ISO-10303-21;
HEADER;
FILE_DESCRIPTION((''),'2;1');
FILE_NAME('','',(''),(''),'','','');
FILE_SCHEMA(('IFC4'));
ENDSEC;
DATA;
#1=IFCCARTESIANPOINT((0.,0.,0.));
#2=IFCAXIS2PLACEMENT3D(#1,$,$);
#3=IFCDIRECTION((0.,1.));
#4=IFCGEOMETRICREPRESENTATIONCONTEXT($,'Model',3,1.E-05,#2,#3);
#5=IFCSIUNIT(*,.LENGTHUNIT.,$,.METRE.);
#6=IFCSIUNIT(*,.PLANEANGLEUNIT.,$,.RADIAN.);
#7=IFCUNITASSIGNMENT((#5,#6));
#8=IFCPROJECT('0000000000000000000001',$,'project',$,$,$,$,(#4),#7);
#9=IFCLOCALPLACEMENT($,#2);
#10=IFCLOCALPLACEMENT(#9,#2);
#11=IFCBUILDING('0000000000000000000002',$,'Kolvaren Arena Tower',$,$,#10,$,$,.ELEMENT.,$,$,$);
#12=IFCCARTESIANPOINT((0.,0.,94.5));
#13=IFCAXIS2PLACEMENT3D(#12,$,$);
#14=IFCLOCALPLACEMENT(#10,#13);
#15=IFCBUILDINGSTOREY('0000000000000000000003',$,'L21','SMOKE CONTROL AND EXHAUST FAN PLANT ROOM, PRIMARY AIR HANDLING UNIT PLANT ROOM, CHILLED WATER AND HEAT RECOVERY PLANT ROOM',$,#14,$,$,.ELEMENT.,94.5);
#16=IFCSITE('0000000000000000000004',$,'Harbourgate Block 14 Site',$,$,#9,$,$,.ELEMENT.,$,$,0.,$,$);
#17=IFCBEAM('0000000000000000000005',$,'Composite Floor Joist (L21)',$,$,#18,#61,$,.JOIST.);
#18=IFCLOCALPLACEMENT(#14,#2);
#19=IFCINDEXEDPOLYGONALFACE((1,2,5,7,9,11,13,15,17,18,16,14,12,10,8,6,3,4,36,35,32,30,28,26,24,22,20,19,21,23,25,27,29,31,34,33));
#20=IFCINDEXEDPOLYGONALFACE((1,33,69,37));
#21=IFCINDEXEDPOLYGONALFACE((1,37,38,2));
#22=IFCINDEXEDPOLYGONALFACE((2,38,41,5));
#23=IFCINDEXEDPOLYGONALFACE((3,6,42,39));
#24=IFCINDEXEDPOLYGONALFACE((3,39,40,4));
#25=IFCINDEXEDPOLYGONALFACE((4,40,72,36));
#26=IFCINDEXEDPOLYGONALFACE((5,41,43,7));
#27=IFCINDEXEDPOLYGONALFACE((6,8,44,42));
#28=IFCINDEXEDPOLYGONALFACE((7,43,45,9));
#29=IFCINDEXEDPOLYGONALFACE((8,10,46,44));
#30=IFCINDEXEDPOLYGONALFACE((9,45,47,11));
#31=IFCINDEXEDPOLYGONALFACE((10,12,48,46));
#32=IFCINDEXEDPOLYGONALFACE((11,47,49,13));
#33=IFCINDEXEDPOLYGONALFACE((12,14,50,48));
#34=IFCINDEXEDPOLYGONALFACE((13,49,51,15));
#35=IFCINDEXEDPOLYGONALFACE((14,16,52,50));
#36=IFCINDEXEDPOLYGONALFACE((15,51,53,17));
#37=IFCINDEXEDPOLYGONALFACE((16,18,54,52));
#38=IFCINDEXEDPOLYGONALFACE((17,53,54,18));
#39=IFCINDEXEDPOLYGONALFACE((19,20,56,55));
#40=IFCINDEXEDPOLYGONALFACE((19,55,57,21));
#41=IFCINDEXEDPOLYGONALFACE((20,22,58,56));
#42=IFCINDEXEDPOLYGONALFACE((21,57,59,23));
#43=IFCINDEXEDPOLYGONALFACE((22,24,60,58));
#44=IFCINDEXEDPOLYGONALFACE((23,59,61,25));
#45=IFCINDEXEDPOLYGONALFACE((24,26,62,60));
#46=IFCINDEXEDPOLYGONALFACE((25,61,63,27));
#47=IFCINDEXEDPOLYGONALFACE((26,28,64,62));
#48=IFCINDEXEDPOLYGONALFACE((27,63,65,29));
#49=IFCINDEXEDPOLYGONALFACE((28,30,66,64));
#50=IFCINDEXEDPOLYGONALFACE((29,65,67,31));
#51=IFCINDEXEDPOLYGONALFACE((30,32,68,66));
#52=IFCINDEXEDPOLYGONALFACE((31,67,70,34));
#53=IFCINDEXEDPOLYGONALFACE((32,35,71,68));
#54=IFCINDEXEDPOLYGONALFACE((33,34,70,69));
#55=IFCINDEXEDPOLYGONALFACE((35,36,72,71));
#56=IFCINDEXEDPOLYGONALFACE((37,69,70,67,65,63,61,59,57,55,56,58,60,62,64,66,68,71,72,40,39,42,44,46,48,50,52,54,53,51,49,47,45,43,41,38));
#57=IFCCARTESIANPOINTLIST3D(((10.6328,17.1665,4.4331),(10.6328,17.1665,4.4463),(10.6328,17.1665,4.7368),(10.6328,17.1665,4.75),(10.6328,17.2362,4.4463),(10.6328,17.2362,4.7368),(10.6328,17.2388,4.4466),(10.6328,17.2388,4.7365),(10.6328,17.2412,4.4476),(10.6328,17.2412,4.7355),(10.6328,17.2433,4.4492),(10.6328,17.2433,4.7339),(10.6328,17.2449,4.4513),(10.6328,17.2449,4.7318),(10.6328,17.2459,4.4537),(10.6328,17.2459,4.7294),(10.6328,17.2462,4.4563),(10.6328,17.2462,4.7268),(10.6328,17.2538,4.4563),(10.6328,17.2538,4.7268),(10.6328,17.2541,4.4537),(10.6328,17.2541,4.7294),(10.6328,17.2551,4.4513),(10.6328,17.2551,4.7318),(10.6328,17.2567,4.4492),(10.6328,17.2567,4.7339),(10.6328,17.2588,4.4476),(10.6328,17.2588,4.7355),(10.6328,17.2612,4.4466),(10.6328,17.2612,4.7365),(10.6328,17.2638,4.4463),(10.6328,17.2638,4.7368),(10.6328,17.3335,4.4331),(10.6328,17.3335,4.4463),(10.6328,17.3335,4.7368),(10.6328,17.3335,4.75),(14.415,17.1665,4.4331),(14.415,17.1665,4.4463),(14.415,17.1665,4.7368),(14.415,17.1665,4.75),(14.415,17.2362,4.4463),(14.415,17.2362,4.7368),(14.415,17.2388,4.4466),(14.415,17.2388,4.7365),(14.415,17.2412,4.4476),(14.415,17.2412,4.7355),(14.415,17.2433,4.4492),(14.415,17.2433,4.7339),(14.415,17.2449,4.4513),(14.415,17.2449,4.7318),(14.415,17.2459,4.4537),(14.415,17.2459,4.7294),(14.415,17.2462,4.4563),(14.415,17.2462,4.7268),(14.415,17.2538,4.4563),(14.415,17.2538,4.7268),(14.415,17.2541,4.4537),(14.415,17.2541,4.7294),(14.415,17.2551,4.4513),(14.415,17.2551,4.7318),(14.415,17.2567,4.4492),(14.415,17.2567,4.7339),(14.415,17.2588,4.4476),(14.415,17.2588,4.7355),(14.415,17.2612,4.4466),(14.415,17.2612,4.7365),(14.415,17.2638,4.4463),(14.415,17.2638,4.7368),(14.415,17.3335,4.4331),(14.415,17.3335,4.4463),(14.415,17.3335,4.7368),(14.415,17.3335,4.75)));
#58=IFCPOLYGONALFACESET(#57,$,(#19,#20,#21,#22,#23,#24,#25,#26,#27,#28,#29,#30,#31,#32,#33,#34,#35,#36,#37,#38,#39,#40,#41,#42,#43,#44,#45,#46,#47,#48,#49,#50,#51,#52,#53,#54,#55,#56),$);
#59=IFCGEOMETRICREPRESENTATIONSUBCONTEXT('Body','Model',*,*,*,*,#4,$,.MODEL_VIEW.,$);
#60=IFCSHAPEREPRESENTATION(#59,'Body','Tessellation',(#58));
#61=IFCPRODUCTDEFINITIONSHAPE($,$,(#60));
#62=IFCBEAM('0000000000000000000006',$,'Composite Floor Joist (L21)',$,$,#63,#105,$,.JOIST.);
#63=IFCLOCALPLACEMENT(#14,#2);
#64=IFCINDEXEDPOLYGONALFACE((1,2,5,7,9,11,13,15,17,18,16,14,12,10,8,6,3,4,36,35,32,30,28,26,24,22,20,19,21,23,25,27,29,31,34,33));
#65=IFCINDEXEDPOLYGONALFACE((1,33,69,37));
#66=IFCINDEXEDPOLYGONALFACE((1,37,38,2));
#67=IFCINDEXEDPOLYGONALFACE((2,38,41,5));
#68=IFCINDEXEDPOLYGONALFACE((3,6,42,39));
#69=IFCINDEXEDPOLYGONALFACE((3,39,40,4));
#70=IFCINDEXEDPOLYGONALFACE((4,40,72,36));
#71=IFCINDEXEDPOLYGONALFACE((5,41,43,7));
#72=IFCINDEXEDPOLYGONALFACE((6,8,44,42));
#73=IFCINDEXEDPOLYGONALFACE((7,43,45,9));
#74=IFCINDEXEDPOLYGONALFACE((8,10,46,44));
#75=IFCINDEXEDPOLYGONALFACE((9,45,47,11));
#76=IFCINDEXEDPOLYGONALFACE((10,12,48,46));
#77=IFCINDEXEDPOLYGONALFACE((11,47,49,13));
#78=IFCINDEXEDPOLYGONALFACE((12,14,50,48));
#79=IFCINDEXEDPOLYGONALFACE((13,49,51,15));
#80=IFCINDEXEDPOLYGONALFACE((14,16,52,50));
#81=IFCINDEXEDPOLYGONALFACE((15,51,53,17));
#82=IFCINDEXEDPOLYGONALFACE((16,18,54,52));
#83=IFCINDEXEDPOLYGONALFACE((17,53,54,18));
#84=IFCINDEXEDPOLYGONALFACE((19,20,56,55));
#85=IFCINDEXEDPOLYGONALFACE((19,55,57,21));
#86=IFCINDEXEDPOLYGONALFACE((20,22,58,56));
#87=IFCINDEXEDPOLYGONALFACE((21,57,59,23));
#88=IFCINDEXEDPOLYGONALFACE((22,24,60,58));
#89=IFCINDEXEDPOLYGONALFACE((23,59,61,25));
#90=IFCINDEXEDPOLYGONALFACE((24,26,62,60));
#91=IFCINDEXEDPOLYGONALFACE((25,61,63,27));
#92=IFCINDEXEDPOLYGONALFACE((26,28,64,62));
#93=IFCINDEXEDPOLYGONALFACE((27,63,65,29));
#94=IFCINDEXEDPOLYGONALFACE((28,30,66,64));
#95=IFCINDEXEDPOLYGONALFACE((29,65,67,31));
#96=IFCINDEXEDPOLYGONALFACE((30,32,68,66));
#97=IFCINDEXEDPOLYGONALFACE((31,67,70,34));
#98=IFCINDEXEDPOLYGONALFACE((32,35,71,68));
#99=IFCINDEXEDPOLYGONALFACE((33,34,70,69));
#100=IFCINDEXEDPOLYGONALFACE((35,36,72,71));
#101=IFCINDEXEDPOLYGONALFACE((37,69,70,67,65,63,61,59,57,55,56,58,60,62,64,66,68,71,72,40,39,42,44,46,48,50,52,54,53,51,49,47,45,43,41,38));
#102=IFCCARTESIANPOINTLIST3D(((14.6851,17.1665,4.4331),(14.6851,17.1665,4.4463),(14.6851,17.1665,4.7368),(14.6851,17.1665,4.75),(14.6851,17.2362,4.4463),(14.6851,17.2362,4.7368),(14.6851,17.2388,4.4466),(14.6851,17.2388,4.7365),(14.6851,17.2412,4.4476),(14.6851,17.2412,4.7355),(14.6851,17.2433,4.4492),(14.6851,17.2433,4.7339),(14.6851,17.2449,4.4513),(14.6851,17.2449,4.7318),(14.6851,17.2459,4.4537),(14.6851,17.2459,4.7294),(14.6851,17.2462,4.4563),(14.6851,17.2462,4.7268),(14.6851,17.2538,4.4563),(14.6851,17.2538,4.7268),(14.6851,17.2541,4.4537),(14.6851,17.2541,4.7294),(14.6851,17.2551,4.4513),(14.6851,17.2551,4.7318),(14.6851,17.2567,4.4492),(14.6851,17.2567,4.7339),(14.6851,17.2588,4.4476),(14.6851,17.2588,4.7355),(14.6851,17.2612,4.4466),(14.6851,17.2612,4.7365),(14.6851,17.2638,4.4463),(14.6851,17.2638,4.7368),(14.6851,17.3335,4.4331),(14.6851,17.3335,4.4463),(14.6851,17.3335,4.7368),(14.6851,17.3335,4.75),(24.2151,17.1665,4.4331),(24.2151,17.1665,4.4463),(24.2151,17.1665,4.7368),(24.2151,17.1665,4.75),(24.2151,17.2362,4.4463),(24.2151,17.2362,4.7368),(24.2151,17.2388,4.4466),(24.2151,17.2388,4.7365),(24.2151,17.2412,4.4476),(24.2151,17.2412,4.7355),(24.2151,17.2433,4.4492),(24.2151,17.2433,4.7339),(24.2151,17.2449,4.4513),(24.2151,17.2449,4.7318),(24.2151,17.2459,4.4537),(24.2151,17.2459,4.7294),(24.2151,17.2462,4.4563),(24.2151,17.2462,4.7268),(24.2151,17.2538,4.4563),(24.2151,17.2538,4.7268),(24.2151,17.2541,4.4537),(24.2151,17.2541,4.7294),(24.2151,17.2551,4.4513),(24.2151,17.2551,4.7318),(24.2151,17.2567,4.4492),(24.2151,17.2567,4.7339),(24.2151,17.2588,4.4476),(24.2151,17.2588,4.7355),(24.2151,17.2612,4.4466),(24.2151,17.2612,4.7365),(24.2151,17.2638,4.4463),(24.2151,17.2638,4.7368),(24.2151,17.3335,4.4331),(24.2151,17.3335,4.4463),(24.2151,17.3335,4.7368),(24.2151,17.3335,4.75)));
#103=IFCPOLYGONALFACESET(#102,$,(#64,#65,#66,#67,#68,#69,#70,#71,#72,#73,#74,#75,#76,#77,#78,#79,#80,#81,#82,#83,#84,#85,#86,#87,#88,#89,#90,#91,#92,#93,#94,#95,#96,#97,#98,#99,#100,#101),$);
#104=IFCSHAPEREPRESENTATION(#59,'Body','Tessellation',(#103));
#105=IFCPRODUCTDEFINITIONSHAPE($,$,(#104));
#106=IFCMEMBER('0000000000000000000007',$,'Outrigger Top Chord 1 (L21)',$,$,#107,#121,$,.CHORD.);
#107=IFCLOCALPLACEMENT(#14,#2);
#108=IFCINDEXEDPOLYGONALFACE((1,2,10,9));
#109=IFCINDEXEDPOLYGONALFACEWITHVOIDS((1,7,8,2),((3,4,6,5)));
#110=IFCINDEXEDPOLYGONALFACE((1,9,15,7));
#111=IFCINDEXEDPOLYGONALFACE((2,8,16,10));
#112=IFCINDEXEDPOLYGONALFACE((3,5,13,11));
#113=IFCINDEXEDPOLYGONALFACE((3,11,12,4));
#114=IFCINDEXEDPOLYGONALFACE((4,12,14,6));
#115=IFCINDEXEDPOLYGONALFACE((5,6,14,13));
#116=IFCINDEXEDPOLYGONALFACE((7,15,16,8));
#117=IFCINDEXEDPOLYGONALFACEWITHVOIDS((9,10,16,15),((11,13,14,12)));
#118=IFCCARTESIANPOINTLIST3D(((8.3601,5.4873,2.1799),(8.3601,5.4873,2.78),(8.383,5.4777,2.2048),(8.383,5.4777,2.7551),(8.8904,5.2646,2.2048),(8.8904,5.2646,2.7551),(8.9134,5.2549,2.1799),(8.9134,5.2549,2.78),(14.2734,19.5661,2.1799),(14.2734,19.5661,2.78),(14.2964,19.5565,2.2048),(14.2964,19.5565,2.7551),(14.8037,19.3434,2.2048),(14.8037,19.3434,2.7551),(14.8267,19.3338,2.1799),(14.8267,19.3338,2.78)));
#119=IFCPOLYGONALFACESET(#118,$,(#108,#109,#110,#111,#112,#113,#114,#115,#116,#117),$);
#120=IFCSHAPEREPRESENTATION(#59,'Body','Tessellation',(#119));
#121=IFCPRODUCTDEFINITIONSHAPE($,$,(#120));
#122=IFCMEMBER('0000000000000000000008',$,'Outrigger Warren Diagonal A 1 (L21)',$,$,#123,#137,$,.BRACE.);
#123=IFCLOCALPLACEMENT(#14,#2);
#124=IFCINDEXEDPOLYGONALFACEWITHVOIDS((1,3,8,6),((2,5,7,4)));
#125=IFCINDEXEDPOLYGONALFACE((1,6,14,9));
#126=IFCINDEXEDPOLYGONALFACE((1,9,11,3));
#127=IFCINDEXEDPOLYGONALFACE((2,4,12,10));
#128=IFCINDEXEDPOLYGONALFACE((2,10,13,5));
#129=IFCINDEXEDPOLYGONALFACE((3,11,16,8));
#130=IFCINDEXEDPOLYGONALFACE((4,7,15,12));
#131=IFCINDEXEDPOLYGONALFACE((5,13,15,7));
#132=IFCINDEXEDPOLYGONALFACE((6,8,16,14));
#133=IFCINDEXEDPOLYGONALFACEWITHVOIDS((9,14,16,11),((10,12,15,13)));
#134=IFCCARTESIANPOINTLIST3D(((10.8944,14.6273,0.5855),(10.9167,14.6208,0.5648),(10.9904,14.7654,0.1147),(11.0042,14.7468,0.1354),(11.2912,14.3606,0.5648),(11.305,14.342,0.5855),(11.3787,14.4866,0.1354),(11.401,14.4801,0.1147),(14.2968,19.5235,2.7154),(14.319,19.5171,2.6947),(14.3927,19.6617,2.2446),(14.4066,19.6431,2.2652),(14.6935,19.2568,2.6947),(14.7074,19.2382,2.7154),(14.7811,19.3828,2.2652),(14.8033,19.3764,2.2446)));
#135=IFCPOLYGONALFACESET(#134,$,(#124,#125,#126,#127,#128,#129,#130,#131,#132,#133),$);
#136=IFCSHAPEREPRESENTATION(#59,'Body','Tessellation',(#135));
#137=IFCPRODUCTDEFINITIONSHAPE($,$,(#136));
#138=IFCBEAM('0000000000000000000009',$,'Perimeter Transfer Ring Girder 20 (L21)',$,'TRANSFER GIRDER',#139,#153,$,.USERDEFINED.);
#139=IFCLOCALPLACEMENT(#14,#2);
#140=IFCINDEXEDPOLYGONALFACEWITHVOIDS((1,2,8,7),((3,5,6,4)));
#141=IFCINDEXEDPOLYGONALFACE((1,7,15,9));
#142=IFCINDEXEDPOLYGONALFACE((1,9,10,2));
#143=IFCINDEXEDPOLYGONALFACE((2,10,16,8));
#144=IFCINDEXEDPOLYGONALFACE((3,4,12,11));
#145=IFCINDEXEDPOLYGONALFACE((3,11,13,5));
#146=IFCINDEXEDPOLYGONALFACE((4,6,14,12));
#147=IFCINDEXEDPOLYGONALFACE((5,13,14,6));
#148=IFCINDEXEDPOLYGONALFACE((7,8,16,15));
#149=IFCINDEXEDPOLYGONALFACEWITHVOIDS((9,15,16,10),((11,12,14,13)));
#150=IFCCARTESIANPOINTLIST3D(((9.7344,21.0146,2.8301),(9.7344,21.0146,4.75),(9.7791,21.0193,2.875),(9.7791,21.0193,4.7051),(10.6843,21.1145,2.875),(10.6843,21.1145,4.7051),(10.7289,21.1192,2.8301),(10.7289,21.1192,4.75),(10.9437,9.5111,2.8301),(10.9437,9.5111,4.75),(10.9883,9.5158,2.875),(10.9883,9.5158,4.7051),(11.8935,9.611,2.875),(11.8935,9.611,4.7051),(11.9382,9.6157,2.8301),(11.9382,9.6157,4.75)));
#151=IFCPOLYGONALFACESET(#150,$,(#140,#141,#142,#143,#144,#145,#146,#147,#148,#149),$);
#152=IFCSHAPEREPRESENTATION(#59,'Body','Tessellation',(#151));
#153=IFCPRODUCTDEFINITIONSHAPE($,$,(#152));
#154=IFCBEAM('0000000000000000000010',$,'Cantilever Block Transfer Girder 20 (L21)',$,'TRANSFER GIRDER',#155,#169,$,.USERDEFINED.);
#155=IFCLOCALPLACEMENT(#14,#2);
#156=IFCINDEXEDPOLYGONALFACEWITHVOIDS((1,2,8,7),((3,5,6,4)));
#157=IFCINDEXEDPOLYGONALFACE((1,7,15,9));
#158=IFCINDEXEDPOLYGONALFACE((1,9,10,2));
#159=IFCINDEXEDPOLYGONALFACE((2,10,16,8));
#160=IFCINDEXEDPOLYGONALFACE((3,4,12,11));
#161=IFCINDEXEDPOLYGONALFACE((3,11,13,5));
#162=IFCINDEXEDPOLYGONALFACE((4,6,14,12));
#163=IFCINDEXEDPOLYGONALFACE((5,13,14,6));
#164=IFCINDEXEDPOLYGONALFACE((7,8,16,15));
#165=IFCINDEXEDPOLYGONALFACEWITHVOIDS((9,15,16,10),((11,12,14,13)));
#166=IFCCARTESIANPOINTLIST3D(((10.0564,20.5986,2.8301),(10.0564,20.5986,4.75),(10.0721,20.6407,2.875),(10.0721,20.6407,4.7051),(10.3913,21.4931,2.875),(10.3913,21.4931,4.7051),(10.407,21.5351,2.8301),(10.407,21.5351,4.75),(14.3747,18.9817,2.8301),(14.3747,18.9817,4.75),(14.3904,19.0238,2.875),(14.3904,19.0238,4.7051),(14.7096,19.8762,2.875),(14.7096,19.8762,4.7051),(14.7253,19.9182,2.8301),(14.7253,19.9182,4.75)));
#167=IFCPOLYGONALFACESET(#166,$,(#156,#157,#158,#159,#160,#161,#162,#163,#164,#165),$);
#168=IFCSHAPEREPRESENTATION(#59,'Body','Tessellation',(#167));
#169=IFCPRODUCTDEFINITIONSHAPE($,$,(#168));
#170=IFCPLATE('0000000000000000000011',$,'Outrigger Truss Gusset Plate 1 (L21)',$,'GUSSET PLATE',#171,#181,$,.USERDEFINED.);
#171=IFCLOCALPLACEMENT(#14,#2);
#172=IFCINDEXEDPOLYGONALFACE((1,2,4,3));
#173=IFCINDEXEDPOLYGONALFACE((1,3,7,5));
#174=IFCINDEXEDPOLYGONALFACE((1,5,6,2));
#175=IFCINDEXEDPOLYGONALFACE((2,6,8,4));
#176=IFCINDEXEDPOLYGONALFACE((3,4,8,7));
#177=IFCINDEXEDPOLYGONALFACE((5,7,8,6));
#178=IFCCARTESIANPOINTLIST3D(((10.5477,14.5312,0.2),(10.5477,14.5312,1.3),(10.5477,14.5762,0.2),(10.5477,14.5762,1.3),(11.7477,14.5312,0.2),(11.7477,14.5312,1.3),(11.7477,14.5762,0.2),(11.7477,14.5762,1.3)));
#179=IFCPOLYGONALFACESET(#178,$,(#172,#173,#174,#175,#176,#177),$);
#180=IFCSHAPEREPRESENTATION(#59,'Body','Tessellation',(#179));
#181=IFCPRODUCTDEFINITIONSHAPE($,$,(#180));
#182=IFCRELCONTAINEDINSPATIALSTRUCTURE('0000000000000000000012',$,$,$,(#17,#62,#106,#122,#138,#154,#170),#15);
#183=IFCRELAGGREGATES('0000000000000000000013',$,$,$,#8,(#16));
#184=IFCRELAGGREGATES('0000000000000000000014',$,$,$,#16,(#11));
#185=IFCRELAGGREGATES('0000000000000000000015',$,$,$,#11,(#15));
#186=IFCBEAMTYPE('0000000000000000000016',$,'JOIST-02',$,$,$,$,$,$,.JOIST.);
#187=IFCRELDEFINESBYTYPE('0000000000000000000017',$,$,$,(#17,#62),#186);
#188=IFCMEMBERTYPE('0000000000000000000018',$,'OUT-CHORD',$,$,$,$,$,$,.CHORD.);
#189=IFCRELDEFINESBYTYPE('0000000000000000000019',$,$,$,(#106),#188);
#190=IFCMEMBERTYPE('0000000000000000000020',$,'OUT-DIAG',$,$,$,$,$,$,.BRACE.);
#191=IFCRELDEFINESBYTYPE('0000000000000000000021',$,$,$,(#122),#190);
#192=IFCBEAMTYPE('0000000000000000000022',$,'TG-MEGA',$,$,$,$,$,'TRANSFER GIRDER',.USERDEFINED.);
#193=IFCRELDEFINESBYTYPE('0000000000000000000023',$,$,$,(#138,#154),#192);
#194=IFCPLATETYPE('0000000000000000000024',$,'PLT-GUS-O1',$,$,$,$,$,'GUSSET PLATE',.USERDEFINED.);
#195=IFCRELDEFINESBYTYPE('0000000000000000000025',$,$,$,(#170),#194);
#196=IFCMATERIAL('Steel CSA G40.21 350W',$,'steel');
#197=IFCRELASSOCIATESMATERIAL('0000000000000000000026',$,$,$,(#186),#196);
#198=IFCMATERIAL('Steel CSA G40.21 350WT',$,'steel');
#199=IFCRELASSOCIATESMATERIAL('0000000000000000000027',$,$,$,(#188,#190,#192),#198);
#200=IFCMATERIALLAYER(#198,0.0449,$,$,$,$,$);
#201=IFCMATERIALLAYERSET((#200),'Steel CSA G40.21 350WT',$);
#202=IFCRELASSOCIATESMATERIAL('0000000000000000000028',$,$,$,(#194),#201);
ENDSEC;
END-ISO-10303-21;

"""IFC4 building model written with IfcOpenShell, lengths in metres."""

from ifc_helpers import new_model, si_unit, direction, frame, origin, origin_2d, place, context, subcontext, project, spatial, rectangle, hollow_rectangle, i_section, extrude, material, layer, layer_set, material_profile, profile_set, type_object, element, save


model = new_model("IFC4")

# Units and contexts
model_context = context("Model", 3, precision=1e-05, world=origin(), true_north=direction((0.0, 1.0)))
body_context = subcontext(model_context, "Body", "Model", "MODEL_VIEW")
ifc_project = project(units=[si_unit("LENGTHUNIT", "METRE"), si_unit("PLANEANGLEUNIT", "RADIAN")], contexts=[model_context])

# Site, building, storey
site_placement = place(None, origin())
site = spatial("IfcSite", under=ifc_project, at=site_placement, Name="Harbourgate Block 14 Site", CompositionType="ELEMENT", RefElevation=0.0)
building_placement = place(site_placement, origin())
building = spatial("IfcBuilding", under=site, at=building_placement, Name="Kolvaren Arena Tower", CompositionType="ELEMENT")
storey_placement = place(building_placement, frame((0.0, 0.0, 94.5)))
storey = spatial("IfcBuildingStorey", under=building, at=storey_placement, Name="L21", Description="SMOKE CONTROL AND EXHAUST FAN PLANT ROOM, PRIMARY AIR HANDLING UNIT PLANT ROOM, CHILLED WATER AND HEAT RECOVERY PLANT ROOM", CompositionType="ELEMENT", Elevation=94.5)

# Shared definitions
ifc_material_1 = material(Name="Steel CSA G40.21 350WT", Category="steel")

# Beams
ifc_material_2 = material(Name="Steel CSA G40.21 350W", Category="steel")
ifc_material_profile_1 = material_profile(ifc_material_2, i_section(OverallWidth=0.167, OverallDepth=0.3169, WebThickness=0.0076, FlangeThickness=0.0132, FilletRadius=0.01, at=origin_2d()), Name="W310x52")
ifc_profile_set_1 = profile_set([ifc_material_profile_1], Name="Steel CSA G40.21 350W")
beam_type_1 = type_object("IfcBeamType", Name="JOIST-02", PredefinedType="JOIST", material=ifc_profile_set_1)
beam_1_placement = place(storey_placement, frame((10.6328, 17.25, 4.5916), z_axis=(1.0, 0.0, 0.0), x_axis=(0.0, 1.0, 0.0)))
element("IfcBeam", 1, at=beam_1_placement, inside=storey, type_object=beam_type_1, Name="Composite Floor Joist (L21)", PredefinedType="JOIST", context=body_context, shape_type="SweptSolid", body=[
    extrude(i_section(OverallWidth=0.167, OverallDepth=0.3169, WebThickness=0.0076, FlangeThickness=0.0132, FilletRadius=0.01, at=origin_2d()), origin(), (0.0, 0.0, 1.0), 3.7822),
])
beam_2_placement = place(storey_placement, frame((14.6851, 17.25, 4.5916), z_axis=(1.0, 0.0, 0.0), x_axis=(0.0, 1.0, 0.0)))
element("IfcBeam", 2, at=beam_2_placement, inside=storey, type_object=beam_type_1, Name="Composite Floor Joist (L21)", PredefinedType="JOIST", context=body_context, shape_type="SweptSolid", body=[
    extrude(i_section(OverallWidth=0.167, OverallDepth=0.3169, WebThickness=0.0076, FlangeThickness=0.0132, FilletRadius=0.01, at=origin_2d()), origin(), (0.0, 0.0, 1.0), 9.53),
])

# Members
ifc_material_profile_2 = material_profile(ifc_material_1, hollow_rectangle(XDim=0.6001, YDim=0.6001, WallThickness=0.0249, at=origin_2d()), Name="HSS 600x600x25")
ifc_profile_set_2 = profile_set([ifc_material_profile_2], Name="Steel CSA G40.21 350WT")
member_type_1 = type_object("IfcMemberType", Name="OUT-CHORD", PredefinedType="CHORD", material=ifc_profile_set_2)
member_1_placement = place(storey_placement, frame((14.55, 19.45, 2.48), z_axis=(-0.387244, -0.921977, 0.0), x_axis=(0.921977, -0.387244, 0.0)))
element("IfcMember", 3, at=member_1_placement, inside=storey, type_object=member_type_1, Name="Outrigger Top Chord 1 (L21)", PredefinedType="CHORD", context=body_context, shape_type="SweptSolid", body=[
    extrude(hollow_rectangle(XDim=0.6001, YDim=0.6001, WallThickness=0.0249, at=origin_2d()), origin(), (0.0, 0.0, 1.0), 15.2703),
])
ifc_material_profile_3 = material_profile(ifc_material_1, hollow_rectangle(XDim=0.5, YDim=0.5, WallThickness=0.022, at=origin_2d()), Name="HSS 500x500x22")
ifc_profile_set_3 = profile_set([ifc_material_profile_3], Name="Steel CSA G40.21 350WT")
member_type_2 = type_object("IfcMemberType", Name="OUT-DIAG", PredefinedType="BRACE", material=ifc_profile_set_3)
member_2_placement = place(storey_placement, frame((14.55, 19.45, 2.48), z_axis=(-0.537384, -0.773337, -0.336405), x_axis=(0.821199, -0.570642, 0.0)))
element("IfcMember", 4, at=member_2_placement, inside=storey, type_object=member_type_2, Name="Outrigger Warren Diagonal A 1 (L21)", PredefinedType="BRACE", context=body_context, shape_type="SweptSolid", body=[
    extrude(hollow_rectangle(XDim=0.5, YDim=0.5, WallThickness=0.022, at=origin_2d()), origin(), (0.0, 0.0, 1.0), 6.3313),
])

# Beams
ifc_material_profile_4 = material_profile(ifc_material_1, hollow_rectangle(XDim=1.0, YDim=1.9199, WallThickness=0.0449, at=origin_2d()), Name="BOX 1000x1920x45")
ifc_profile_set_4 = profile_set([ifc_material_profile_4], Name="Steel CSA G40.21 350WT")
beam_type_2 = type_object("IfcBeamType", Name="TG-MEGA", ElementType="TRANSFER GIRDER", PredefinedType="USERDEFINED", material=ifc_profile_set_4)
beam_3_placement = place(storey_placement, frame((10.2317, 21.0669, 3.79), z_axis=(0.104543, -0.99452, 0.0), x_axis=(0.99452, 0.104543, 0.0)))
element("IfcBeam", 5, at=beam_3_placement, inside=storey, type_object=beam_type_2, Name="Perimeter Transfer Ring Girder 20 (L21)", ObjectType="TRANSFER GIRDER", PredefinedType="USERDEFINED", context=body_context, shape_type="SweptSolid", body=[
    extrude(hollow_rectangle(XDim=1.0, YDim=1.9199, WallThickness=0.0449, at=origin_2d()), origin(), (0.0, 0.0, 1.0), 11.5669),
])
beam_4_placement = place(storey_placement, frame((10.2317, 21.0669, 3.79), z_axis=(0.936503, -0.350659, 0.0), x_axis=(0.350659, 0.936503, 0.0)))
element("IfcBeam", 6, at=beam_4_placement, inside=storey, type_object=beam_type_2, Name="Cantilever Block Transfer Girder 20 (L21)", ObjectType="TRANSFER GIRDER", PredefinedType="USERDEFINED", context=body_context, shape_type="SweptSolid", body=[
    extrude(hollow_rectangle(XDim=1.0, YDim=1.9199, WallThickness=0.0449, at=origin_2d()), origin(), (0.0, 0.0, 1.0), 4.6111),
])

# Plate
ifc_layer_1 = layer(ifc_material_1, 0.0449)
ifc_layer_set_1 = layer_set([ifc_layer_1], Name="Steel CSA G40.21 350WT")
plate_type = type_object("IfcPlateType", Name="PLT-GUS-O1", ElementType="GUSSET PLATE", PredefinedType="USERDEFINED", material=ifc_layer_set_1)
plate_placement = place(storey_placement, frame((11.1477, 14.5537, 0.2), z_axis=(0.0, 0.0, 1.0), x_axis=(1.0, 0.0, 0.0)))
element("IfcPlate", 7, at=plate_placement, inside=storey, type_object=plate_type, Name="Outrigger Truss Gusset Plate 1 (L21)", ObjectType="GUSSET PLATE", PredefinedType="USERDEFINED", context=body_context, shape_type="SweptSolid", body=[
    extrude(rectangle(XDim=1.2, YDim=0.0449, at=origin_2d()), origin(), (0.0, 0.0, 1.0), 1.1001),
])

save(model, "model.ifc")
